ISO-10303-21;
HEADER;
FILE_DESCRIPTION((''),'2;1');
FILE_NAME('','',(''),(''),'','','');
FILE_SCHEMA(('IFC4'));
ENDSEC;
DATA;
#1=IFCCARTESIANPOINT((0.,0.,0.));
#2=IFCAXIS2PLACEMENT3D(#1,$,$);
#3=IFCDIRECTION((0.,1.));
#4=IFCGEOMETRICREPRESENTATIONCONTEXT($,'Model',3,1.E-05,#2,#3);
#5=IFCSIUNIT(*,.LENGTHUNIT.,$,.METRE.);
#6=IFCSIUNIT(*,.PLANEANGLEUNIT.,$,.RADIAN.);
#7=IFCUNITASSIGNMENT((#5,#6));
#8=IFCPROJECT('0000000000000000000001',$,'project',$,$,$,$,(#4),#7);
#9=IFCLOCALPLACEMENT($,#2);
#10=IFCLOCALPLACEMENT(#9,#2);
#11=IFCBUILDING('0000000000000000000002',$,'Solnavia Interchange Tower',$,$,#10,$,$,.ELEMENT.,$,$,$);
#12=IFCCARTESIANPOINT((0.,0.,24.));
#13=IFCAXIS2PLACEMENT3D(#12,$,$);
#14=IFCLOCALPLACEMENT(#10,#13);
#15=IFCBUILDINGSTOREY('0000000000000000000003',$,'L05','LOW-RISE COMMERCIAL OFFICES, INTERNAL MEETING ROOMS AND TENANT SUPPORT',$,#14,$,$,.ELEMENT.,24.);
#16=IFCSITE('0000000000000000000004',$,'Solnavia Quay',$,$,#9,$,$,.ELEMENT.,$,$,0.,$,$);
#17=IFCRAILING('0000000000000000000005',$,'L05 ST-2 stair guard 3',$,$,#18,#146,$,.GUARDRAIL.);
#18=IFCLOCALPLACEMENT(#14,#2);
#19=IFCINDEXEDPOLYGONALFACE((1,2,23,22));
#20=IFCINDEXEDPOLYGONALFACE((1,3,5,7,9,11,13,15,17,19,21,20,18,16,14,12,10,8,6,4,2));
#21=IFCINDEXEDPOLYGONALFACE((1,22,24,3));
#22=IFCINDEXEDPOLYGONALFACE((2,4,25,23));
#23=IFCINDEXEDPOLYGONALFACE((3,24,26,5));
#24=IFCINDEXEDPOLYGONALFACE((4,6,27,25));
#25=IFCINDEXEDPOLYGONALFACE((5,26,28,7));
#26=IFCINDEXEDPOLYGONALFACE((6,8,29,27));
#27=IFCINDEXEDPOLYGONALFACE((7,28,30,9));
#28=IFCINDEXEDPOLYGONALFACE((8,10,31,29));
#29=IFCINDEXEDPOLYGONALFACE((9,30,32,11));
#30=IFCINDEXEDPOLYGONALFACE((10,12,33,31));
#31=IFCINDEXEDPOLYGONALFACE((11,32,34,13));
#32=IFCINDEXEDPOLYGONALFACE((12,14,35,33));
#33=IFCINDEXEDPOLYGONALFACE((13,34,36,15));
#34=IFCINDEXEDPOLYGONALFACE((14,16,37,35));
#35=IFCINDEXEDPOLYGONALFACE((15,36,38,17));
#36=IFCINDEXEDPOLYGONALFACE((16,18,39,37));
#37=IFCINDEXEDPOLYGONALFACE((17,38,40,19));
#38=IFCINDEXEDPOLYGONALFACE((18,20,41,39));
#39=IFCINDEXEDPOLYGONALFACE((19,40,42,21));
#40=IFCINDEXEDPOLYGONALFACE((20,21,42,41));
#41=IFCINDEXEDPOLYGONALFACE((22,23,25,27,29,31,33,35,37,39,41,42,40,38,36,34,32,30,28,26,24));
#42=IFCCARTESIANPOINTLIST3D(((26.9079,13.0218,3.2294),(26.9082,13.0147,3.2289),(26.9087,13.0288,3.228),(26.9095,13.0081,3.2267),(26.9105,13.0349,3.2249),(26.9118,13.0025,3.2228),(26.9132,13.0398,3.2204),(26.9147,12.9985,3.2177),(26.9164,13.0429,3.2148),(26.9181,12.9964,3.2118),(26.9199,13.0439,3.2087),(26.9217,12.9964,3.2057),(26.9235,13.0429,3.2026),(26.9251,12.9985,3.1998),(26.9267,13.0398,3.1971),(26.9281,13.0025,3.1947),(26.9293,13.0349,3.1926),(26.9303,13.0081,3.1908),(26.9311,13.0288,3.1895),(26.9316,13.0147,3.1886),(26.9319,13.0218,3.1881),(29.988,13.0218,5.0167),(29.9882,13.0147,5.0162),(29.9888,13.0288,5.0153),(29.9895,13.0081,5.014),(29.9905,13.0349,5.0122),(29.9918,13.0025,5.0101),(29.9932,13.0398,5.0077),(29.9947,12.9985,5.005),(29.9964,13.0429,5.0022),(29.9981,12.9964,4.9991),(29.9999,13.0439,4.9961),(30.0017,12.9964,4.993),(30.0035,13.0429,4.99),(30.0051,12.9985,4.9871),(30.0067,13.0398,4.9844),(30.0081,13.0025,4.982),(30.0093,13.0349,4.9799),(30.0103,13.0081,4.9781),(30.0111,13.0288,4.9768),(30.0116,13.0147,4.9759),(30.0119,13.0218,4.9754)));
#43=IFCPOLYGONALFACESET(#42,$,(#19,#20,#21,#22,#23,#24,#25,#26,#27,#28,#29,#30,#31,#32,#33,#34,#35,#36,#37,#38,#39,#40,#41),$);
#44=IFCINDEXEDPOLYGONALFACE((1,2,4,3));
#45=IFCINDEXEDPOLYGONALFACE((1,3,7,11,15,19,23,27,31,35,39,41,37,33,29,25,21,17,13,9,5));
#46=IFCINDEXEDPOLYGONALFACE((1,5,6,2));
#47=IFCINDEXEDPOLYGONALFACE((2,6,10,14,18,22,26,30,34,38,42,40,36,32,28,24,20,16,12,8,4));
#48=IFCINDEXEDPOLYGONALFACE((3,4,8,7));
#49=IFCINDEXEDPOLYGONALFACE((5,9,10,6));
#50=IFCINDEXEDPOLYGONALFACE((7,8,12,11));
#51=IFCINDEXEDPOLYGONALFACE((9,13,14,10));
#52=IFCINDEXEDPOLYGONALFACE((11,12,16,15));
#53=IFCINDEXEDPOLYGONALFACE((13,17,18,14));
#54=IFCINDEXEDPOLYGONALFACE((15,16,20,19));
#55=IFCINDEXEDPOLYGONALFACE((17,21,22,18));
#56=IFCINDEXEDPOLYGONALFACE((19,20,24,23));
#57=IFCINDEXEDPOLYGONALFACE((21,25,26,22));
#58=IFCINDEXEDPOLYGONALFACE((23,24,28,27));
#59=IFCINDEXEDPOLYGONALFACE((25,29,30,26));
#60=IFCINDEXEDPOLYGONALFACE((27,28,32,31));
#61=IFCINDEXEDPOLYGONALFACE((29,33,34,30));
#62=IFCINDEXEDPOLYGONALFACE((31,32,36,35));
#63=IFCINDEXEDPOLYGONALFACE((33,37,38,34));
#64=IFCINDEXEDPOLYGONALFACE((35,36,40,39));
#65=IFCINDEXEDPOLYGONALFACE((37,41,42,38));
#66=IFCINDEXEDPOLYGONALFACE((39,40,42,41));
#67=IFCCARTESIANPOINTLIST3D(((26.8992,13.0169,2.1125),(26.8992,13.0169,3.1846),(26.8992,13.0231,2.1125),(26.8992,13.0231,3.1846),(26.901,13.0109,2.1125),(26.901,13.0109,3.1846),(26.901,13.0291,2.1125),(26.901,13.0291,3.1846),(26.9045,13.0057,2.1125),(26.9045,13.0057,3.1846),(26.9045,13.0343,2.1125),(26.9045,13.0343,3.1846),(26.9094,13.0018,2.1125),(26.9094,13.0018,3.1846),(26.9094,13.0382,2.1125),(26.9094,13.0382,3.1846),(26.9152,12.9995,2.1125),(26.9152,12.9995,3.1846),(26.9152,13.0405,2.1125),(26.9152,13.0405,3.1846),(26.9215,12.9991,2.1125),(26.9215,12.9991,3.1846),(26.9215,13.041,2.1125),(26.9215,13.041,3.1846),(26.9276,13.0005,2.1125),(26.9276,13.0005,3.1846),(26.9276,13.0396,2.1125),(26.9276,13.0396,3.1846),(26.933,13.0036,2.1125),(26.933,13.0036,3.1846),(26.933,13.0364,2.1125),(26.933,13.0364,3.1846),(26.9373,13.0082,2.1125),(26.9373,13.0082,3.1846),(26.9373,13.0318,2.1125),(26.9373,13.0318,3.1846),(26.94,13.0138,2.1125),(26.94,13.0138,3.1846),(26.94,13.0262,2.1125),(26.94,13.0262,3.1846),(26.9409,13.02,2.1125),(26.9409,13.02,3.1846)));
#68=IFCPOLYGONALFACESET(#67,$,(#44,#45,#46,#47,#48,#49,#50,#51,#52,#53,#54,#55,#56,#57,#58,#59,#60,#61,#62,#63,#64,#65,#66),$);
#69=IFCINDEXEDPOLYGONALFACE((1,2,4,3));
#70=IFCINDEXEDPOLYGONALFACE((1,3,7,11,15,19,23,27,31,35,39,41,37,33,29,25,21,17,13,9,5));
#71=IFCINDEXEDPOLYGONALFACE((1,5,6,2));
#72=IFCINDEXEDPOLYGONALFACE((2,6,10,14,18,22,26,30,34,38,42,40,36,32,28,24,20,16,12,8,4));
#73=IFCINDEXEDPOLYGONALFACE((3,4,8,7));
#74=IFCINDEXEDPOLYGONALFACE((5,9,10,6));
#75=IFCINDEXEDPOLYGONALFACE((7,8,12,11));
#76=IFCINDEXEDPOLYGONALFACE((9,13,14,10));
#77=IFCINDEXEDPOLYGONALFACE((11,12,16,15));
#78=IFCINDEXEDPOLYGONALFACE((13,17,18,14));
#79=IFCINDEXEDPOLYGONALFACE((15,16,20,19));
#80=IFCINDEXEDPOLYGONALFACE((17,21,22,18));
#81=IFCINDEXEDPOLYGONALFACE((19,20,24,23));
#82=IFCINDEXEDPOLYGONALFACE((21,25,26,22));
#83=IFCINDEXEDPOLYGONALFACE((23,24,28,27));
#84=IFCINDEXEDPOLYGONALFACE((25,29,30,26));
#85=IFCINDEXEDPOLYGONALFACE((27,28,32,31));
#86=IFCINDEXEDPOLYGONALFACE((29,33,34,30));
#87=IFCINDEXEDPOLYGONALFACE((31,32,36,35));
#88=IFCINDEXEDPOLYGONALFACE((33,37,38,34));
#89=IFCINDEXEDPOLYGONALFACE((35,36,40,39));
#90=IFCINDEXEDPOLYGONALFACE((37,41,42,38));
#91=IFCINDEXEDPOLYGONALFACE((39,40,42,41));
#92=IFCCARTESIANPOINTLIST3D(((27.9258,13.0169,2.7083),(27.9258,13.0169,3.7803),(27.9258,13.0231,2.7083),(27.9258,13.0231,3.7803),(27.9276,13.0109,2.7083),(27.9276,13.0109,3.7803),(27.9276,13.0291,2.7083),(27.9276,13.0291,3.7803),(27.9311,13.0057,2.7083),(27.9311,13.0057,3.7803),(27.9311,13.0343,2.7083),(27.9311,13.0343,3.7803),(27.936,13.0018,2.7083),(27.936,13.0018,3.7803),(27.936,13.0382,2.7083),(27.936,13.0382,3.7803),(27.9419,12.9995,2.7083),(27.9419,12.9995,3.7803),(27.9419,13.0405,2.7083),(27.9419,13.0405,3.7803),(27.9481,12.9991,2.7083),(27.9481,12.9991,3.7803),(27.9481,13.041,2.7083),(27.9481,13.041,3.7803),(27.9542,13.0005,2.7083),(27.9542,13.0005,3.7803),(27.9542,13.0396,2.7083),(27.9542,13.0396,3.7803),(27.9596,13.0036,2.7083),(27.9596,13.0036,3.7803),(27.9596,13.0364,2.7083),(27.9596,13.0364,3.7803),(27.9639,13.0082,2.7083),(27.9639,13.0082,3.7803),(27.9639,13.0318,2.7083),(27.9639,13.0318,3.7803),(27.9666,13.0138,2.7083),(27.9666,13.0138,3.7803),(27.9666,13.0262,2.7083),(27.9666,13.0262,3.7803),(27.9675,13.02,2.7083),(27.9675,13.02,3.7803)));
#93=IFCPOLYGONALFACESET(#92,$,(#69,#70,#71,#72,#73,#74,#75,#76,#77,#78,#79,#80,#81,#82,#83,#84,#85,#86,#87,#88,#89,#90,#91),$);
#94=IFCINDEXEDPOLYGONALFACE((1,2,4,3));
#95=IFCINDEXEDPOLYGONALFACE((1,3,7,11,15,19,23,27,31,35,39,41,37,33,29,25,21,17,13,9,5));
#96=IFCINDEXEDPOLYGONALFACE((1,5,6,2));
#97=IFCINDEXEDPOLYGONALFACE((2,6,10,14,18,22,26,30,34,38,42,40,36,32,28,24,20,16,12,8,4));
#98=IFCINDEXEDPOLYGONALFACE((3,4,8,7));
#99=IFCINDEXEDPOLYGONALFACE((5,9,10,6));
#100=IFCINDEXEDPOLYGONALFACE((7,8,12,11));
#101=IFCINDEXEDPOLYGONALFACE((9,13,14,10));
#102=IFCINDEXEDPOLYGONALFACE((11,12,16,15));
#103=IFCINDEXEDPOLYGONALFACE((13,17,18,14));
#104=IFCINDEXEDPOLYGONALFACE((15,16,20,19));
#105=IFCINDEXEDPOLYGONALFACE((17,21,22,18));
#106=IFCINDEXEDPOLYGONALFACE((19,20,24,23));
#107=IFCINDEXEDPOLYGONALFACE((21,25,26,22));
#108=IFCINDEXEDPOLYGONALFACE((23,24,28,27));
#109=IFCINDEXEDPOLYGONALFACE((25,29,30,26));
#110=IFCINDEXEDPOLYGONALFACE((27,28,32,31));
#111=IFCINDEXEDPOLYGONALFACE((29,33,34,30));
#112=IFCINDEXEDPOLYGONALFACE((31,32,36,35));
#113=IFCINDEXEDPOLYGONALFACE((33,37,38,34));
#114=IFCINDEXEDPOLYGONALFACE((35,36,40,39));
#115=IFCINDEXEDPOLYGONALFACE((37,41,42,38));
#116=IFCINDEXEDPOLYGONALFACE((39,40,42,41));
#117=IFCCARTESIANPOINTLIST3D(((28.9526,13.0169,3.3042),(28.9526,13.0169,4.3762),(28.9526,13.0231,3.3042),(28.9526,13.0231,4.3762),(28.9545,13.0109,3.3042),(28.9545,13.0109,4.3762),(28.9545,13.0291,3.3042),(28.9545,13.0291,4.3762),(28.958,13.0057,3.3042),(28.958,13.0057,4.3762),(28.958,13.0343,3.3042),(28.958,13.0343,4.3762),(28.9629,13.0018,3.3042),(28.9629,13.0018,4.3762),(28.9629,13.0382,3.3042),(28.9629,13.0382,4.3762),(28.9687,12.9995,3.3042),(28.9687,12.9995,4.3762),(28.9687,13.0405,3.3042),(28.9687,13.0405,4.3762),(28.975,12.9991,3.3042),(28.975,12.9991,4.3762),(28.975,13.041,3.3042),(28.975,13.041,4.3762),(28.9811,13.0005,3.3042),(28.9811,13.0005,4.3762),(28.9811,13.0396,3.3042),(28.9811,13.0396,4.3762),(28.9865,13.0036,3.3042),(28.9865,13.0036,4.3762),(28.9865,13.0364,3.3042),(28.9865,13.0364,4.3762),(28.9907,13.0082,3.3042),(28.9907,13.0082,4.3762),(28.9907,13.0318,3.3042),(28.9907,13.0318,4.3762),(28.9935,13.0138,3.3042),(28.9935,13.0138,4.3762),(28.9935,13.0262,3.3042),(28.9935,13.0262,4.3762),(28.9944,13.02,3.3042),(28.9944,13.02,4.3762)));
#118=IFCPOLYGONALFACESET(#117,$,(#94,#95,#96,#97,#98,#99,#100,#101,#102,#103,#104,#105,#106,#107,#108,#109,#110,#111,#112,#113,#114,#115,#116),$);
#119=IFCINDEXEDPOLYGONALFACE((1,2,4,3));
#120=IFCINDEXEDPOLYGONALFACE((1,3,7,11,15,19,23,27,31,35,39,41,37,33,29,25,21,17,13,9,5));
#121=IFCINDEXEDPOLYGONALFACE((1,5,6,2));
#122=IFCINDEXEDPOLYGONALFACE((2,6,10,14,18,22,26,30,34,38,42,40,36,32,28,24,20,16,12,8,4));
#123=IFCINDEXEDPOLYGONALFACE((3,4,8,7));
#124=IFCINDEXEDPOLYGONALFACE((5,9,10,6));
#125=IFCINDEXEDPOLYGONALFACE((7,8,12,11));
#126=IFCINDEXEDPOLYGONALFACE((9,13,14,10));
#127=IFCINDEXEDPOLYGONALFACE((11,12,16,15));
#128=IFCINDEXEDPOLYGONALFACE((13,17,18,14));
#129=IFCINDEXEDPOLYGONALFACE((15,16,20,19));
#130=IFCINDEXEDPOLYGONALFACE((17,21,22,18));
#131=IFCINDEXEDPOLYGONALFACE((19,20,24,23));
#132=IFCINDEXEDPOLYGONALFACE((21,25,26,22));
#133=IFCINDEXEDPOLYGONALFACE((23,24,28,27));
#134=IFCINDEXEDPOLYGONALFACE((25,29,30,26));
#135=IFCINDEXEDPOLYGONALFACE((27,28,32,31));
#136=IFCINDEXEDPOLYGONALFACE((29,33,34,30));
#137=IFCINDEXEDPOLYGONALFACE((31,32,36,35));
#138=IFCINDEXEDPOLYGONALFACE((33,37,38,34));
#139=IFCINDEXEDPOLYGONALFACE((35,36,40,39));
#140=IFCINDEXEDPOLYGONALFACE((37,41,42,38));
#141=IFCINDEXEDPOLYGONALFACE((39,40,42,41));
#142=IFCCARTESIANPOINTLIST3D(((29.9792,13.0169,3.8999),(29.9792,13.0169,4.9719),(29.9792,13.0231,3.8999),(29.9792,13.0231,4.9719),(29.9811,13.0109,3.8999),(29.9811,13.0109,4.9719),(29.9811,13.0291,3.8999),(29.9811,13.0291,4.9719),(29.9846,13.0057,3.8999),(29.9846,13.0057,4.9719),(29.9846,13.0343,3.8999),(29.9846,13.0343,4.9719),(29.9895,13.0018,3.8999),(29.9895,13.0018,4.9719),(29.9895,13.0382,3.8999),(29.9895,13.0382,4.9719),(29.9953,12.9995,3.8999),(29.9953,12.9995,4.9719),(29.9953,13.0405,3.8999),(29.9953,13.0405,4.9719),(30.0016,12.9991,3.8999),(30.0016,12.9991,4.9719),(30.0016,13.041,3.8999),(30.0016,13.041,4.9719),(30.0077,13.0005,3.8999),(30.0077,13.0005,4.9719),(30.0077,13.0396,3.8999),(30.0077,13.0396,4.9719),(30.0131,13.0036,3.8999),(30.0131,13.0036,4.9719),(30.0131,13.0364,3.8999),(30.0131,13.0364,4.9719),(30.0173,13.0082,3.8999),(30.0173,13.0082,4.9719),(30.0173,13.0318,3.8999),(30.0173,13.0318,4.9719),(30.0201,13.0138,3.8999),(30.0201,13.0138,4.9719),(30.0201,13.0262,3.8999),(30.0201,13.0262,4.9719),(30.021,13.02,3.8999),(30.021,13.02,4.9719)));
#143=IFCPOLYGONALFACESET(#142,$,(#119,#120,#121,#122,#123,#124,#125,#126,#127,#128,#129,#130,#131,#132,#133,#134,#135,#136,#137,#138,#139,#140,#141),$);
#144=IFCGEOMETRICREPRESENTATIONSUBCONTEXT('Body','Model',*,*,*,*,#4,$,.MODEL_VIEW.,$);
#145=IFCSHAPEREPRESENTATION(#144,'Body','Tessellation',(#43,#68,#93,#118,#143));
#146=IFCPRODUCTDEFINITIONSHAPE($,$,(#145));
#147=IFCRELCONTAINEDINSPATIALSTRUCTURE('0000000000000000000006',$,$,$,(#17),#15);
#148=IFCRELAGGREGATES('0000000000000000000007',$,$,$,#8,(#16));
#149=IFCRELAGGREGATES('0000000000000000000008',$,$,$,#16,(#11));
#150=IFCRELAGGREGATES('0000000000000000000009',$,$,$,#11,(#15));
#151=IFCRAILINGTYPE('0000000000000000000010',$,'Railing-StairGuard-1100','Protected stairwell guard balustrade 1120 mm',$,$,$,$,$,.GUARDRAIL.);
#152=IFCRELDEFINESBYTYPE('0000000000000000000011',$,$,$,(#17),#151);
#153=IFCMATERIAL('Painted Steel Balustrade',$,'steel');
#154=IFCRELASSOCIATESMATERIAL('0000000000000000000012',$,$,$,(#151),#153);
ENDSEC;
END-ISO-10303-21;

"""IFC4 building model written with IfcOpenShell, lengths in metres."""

from ifc_helpers import new_model, si_unit, direction, frame, origin, origin_2d, place, context, subcontext, project, spatial, circle, extrude, material, type_object, element, save


model = new_model("IFC4")

# Units and contexts
model_context = context("Model", 3, precision=1e-05, world=origin(), true_north=direction((0.0, 1.0)))
body_context = subcontext(model_context, "Body", "Model", "MODEL_VIEW")
ifc_project = project(units=[si_unit("LENGTHUNIT", "METRE"), si_unit("PLANEANGLEUNIT", "RADIAN")], contexts=[model_context])

# Site, building, storey
site_placement = place(None, origin())
site = spatial("IfcSite", under=ifc_project, at=site_placement, Name="Solnavia Quay", CompositionType="ELEMENT", RefElevation=0.0)
building_placement = place(site_placement, origin())
building = spatial("IfcBuilding", under=site, at=building_placement, Name="Solnavia Interchange Tower", CompositionType="ELEMENT")
storey_placement = place(building_placement, frame((0.0, 0.0, 24.0)))
storey = spatial("IfcBuildingStorey", under=building, at=storey_placement, Name="L05", Description="LOW-RISE COMMERCIAL OFFICES, INTERNAL MEETING ROOMS AND TENANT SUPPORT", CompositionType="ELEMENT", Elevation=24.0)

# Railing
ifc_material_1 = material(Name="Painted Steel Balustrade", Category="steel")
railing_type = type_object("IfcRailingType", Name="Railing-StairGuard-1100", Description="Protected stairwell guard balustrade 1120 mm", PredefinedType="GUARDRAIL", material=ifc_material_1)
railing_1_placement = place(storey_placement, frame((26.9199, 13.02, 2.1125)))
element("IfcRailing", 1, at=railing_1_placement, inside=storey, type_object=railing_type, Name="L05 ST-2 stair guard 3", PredefinedType="GUARDRAIL", context=body_context, shape_type="SweptSolid", body=[
    extrude(circle(Radius=0.0239, at=origin_2d()), frame((0.0, 0.0, 1.0962), z_axis=(0.86492, 0.0, 0.501909), x_axis=(0.0, 1.0, 0.0)), (0.0, 0.0, 1.0), 3.561),
    extrude(circle(Radius=0.021, at=origin_2d()), origin(), (0.0, 0.0, 1.0), 1.072),
    extrude(circle(Radius=0.021, at=origin_2d()), frame((1.0266, 0.0, 0.5957)), (0.0, 0.0, 1.0), 1.072),
    extrude(circle(Radius=0.021, at=origin_2d()), frame((2.0535, 0.0, 1.1917)), (0.0, 0.0, 1.0), 1.072),
    extrude(circle(Radius=0.021, at=origin_2d()), frame((3.0801, 0.0, 1.7874)), (0.0, 0.0, 1.0), 1.072),
])

save(model, "model.ifc")
